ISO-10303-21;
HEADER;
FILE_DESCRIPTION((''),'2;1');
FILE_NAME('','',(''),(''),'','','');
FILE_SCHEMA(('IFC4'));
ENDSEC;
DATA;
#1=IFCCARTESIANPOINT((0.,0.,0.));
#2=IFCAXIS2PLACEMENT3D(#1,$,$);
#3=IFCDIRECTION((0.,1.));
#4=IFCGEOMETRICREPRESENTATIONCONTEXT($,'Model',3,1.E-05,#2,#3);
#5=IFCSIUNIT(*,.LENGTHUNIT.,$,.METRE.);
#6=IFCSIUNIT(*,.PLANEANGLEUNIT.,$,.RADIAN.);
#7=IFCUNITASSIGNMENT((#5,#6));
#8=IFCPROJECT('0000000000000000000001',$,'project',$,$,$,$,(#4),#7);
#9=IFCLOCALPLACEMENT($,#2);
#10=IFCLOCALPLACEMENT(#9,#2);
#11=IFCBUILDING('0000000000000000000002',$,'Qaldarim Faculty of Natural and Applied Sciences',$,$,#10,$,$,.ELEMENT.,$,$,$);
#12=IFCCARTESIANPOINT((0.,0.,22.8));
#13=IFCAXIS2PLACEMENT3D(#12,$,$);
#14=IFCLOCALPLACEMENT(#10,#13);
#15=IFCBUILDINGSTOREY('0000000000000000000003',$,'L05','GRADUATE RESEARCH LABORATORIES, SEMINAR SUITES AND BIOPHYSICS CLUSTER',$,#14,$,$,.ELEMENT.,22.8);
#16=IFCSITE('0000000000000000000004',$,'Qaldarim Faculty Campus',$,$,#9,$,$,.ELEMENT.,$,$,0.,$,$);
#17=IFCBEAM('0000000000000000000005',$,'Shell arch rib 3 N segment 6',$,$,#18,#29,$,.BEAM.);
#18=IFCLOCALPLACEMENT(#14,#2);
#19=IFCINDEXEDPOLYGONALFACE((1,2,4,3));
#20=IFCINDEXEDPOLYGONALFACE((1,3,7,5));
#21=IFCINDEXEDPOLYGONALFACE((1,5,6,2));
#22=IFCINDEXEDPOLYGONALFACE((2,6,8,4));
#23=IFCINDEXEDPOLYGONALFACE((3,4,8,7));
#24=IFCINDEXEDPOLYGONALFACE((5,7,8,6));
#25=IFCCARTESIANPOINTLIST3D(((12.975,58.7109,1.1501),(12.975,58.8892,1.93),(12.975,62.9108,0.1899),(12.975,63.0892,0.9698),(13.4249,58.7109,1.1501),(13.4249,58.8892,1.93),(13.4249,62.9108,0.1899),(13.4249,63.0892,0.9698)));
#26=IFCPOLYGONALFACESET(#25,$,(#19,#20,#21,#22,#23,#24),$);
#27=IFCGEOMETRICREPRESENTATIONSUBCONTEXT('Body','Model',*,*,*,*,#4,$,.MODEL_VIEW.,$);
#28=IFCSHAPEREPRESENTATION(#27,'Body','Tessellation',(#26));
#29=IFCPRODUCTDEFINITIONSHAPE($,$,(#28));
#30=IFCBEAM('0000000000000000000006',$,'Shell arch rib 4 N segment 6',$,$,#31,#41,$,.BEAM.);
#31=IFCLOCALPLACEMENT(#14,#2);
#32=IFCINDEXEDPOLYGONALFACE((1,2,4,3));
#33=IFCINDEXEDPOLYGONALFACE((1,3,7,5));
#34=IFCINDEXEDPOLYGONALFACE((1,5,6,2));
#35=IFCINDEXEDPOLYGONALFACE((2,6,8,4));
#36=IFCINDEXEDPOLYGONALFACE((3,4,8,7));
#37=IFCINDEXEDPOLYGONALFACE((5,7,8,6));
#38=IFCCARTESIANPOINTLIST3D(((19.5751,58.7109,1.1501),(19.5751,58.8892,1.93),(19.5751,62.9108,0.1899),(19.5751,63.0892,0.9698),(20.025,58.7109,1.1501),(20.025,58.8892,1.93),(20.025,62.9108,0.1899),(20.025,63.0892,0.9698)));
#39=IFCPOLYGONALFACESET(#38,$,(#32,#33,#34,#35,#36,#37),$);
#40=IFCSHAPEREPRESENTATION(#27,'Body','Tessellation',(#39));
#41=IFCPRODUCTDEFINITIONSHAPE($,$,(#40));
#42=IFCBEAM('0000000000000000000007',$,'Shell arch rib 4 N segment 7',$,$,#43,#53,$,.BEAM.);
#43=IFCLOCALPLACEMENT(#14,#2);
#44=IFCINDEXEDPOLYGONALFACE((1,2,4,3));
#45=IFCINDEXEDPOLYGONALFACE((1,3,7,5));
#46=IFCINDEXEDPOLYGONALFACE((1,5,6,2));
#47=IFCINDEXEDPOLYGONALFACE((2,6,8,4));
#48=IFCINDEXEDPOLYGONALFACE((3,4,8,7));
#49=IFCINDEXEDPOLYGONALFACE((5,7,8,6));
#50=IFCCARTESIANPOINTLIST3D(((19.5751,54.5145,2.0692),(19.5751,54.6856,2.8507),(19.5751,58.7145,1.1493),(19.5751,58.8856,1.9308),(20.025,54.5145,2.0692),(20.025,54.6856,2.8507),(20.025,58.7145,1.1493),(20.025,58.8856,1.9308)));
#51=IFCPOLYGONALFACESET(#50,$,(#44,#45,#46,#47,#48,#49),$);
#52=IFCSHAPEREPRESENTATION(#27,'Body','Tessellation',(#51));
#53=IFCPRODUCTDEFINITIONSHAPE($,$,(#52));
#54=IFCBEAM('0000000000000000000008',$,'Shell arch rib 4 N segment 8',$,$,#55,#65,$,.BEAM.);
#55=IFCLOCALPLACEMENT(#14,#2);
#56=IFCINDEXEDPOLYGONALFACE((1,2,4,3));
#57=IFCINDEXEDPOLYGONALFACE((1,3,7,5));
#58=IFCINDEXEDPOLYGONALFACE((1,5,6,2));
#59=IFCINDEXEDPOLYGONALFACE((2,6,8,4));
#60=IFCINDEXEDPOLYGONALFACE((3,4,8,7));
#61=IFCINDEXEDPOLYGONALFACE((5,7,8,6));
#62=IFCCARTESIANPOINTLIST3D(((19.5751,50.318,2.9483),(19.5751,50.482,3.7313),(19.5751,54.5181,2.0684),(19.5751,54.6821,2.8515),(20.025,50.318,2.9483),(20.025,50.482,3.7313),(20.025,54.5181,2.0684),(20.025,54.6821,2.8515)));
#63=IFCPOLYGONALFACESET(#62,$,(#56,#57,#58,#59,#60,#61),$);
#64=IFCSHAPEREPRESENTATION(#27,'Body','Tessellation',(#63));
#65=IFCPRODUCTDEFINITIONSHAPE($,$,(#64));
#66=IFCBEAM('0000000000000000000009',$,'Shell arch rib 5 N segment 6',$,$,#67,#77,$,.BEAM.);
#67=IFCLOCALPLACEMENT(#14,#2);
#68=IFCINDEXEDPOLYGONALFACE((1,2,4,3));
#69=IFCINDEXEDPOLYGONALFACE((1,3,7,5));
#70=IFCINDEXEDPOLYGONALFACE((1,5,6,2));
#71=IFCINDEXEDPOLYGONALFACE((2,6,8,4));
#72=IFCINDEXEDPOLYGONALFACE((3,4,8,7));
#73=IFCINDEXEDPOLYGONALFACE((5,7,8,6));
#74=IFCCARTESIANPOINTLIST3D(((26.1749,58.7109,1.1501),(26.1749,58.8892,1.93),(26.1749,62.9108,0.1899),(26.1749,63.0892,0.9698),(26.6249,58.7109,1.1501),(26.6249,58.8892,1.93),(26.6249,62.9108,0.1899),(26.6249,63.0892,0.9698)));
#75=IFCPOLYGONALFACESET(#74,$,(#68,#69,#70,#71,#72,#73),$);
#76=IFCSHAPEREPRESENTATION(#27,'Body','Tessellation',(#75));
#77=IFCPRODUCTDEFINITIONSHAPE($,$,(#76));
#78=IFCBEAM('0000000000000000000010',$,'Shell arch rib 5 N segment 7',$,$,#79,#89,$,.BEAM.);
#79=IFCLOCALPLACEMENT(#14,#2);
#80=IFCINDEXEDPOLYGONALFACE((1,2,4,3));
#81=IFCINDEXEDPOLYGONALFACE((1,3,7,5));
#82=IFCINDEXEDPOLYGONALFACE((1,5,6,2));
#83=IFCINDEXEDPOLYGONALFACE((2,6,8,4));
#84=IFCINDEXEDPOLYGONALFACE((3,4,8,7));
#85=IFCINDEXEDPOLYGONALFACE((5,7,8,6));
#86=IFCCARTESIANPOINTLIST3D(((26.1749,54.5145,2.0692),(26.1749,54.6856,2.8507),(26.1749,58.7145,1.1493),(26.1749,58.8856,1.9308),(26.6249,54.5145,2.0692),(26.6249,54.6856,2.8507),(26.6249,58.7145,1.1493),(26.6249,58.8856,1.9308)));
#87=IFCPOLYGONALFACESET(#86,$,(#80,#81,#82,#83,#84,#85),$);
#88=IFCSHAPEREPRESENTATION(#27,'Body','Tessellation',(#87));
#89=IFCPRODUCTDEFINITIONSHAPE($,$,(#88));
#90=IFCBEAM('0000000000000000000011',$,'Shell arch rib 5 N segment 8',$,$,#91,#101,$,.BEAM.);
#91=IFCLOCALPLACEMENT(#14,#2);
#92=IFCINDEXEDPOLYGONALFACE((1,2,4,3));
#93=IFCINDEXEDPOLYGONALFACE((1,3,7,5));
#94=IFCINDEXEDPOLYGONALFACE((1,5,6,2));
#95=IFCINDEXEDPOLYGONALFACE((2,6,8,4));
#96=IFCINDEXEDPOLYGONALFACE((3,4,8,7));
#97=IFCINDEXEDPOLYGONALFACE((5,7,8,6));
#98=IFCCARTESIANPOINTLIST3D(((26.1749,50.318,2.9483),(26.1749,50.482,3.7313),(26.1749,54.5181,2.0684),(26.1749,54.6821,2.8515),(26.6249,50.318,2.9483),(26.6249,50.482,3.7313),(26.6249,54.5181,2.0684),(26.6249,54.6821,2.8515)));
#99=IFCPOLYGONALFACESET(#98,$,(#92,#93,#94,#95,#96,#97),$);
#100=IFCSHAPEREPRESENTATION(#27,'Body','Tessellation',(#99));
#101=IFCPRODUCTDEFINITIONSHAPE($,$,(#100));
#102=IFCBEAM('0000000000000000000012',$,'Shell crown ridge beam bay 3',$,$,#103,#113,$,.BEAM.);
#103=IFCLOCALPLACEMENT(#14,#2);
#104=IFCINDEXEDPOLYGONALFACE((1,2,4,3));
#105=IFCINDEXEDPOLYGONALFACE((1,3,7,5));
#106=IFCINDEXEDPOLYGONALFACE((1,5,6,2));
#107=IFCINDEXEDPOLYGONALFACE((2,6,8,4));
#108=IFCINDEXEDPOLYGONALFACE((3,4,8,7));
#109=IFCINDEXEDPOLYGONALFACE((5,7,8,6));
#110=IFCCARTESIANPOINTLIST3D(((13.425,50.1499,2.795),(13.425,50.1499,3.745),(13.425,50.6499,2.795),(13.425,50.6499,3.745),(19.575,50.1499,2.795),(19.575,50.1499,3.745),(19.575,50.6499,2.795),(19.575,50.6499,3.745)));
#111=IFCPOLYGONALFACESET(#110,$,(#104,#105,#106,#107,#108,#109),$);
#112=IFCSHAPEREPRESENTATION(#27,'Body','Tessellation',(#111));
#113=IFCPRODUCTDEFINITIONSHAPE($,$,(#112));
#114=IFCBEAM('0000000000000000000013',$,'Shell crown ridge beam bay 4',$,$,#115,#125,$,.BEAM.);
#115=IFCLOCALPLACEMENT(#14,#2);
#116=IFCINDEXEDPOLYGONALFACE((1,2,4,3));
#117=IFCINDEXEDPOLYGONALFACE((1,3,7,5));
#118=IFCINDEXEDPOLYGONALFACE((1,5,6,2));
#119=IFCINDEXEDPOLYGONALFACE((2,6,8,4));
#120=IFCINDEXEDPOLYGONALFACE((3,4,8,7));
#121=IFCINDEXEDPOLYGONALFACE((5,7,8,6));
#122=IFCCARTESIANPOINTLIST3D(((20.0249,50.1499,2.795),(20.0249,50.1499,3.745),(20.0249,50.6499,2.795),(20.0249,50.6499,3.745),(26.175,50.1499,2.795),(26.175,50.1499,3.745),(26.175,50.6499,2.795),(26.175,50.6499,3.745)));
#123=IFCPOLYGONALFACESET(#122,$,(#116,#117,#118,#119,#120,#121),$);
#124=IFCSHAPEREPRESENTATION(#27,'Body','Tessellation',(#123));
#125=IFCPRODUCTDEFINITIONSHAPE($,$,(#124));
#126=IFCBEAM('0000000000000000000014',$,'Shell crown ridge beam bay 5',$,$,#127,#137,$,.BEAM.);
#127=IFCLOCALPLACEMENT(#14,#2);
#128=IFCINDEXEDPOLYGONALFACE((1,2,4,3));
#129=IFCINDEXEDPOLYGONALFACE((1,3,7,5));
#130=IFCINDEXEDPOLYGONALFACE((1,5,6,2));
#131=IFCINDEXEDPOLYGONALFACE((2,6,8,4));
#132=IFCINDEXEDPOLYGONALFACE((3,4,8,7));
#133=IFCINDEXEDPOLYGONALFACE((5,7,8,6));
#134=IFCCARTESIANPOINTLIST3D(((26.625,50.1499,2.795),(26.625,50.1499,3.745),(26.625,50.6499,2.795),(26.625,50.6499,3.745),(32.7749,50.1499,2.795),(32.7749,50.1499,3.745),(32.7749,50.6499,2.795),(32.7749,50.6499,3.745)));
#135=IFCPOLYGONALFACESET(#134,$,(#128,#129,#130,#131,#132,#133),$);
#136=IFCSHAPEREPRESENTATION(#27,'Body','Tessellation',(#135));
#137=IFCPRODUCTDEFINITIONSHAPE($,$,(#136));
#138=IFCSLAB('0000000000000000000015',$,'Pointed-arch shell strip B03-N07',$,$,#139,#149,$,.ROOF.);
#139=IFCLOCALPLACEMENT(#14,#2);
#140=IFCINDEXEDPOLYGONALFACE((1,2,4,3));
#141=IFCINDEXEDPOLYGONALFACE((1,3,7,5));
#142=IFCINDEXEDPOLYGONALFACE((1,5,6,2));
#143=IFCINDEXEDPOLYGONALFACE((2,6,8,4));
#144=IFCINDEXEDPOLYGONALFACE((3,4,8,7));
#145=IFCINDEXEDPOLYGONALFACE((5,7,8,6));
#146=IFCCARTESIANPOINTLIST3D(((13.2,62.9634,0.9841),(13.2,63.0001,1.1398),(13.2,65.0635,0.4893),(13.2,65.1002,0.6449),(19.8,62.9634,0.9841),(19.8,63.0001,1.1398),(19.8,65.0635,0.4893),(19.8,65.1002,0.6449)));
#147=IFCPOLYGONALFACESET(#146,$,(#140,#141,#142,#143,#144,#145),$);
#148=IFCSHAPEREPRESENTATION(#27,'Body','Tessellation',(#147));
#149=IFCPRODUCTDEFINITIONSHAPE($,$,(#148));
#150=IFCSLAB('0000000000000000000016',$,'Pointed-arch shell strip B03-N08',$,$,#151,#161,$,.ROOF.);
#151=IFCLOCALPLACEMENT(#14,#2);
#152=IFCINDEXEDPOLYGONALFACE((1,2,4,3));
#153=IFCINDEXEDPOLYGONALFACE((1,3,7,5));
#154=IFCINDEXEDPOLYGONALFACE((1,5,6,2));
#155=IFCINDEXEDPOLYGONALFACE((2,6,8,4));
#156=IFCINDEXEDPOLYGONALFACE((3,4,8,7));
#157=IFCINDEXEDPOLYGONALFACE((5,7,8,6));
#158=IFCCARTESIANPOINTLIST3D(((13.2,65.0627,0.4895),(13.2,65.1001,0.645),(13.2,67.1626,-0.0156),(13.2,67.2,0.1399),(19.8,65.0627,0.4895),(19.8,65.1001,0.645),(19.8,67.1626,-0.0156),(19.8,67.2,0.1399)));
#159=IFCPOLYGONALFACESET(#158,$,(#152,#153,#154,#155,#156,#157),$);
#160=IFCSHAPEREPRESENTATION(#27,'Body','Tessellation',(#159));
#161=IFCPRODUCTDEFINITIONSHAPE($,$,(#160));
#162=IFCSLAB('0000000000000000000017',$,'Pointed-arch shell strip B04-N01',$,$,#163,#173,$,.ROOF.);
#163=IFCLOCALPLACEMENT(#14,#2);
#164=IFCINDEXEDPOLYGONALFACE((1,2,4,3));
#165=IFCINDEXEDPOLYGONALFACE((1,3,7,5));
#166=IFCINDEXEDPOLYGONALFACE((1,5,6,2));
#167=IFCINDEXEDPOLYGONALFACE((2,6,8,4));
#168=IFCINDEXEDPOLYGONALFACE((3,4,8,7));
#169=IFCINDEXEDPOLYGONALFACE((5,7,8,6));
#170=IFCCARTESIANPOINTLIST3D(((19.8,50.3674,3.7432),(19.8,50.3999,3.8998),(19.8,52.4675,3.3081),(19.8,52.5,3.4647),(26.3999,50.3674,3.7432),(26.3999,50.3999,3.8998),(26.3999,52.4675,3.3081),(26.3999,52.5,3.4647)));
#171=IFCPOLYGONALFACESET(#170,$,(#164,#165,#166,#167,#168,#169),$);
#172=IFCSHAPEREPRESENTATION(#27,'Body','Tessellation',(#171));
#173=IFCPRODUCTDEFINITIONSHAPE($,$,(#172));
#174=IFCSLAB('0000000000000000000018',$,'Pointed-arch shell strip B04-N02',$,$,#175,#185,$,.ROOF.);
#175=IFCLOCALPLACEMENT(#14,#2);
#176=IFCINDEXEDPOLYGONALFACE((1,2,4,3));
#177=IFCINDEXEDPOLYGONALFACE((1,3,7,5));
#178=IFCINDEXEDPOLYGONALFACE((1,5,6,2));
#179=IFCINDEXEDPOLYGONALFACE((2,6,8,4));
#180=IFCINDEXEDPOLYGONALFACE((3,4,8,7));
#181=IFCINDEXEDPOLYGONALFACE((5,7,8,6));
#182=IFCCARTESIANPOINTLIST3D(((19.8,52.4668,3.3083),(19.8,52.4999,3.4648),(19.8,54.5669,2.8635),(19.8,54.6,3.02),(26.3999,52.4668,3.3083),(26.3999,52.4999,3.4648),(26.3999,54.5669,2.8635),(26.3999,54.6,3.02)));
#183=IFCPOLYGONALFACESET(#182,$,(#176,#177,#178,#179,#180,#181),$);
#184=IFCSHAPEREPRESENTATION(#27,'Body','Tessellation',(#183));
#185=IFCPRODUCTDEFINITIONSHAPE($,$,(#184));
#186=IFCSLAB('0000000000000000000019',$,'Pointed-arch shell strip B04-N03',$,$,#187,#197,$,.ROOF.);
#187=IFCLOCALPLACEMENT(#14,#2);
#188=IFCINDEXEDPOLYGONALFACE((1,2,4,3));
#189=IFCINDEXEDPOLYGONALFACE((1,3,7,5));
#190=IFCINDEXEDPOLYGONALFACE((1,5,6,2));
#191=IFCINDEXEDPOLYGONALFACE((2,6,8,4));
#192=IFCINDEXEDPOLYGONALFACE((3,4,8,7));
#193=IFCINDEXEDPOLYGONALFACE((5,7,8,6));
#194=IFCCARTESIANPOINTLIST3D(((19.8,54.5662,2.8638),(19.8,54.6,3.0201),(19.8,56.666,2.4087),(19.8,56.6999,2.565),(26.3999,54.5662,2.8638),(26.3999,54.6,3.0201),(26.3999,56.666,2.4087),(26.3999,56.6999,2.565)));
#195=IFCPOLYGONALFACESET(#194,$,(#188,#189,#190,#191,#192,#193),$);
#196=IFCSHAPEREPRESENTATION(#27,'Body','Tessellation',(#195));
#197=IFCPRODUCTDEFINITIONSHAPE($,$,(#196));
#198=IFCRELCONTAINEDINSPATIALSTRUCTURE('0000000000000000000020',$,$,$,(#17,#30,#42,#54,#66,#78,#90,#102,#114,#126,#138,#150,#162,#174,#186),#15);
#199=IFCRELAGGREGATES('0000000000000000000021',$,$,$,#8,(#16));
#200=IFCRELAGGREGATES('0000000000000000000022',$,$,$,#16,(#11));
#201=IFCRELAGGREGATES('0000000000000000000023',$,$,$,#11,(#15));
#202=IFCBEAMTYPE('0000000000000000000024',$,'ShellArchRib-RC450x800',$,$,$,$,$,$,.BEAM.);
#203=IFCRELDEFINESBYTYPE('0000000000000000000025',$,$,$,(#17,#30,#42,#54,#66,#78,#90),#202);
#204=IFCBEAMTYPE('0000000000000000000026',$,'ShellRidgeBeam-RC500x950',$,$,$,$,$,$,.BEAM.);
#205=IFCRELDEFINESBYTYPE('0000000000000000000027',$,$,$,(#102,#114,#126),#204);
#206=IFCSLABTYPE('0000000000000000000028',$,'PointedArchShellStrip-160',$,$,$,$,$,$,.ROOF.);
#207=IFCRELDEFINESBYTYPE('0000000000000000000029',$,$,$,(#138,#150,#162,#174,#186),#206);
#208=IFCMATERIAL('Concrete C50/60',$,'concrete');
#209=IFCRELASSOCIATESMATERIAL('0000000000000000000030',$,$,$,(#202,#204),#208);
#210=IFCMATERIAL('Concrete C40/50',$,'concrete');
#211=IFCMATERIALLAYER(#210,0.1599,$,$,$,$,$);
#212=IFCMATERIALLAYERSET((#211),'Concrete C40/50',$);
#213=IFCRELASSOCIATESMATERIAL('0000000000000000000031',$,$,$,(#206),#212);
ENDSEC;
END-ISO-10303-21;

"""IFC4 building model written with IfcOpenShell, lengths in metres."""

from ifc_helpers import new_model, si_unit, direction, frame, origin, origin_2d, place, context, subcontext, project, spatial, polyline, rectangle, outline, extrude, material, layer, layer_set, material_profile, profile_set, type_object, element, save


model = new_model("IFC4")

# Units and contexts
model_context = context("Model", 3, precision=1e-05, world=origin(), true_north=direction((0.0, 1.0)))
body_context = subcontext(model_context, "Body", "Model", "MODEL_VIEW")
ifc_project = project(units=[si_unit("LENGTHUNIT", "METRE"), si_unit("PLANEANGLEUNIT", "RADIAN")], contexts=[model_context])

# Site, building, storey
site_placement = place(None, origin())
site = spatial("IfcSite", under=ifc_project, at=site_placement, Name="Qaldarim Faculty Campus", CompositionType="ELEMENT", RefElevation=0.0)
building_placement = place(site_placement, origin())
building = spatial("IfcBuilding", under=site, at=building_placement, Name="Qaldarim Faculty of Natural and Applied Sciences", CompositionType="ELEMENT")
storey_placement = place(building_placement, frame((0.0, 0.0, 22.8)))
storey = spatial("IfcBuildingStorey", under=building, at=storey_placement, Name="L05", Description="GRADUATE RESEARCH LABORATORIES, SEMINAR SUITES AND BIOPHYSICS CLUSTER", CompositionType="ELEMENT", Elevation=22.8)

# Beams
ifc_material_1 = material(Name="Concrete C50/60", Category="concrete")
ifc_material_profile_1 = material_profile(ifc_material_1, rectangle(XDim=0.45, YDim=0.8, at=origin_2d()), Name="RC-RIB450x800")
ifc_profile_set_1 = profile_set([ifc_material_profile_1], Name="Concrete C50/60")
beam_type_1 = type_object("IfcBeamType", Name="ShellArchRib-RC450x800", PredefinedType="BEAM", material=ifc_profile_set_1)
for number, where, z_axis, x_axis, name in (
    (1, (13.2, 63.0, 0.5798), (0.0, -0.974848, 0.222873), (1.0, 0.0, 0.0), "Shell arch rib 3 N segment 6"),
    (2, (19.8, 63.0, 0.5798), (0.0, -0.974848, 0.222873), (1.0, 0.0, 0.0), "Shell arch rib 4 N segment 6"),
):
    element("IfcBeam", number, at=place(storey_placement, frame(where, z_axis=z_axis, x_axis=x_axis)), inside=storey, type_object=beam_type_1, Name=name, PredefinedType="BEAM", context=body_context, shape_type="SweptSolid", body=[
        extrude(rectangle(XDim=0.45, YDim=0.8, at=origin_2d()), origin(), (0.0, 0.0, 1.0), 4.3083),
    ])
beam_1_placement = place(storey_placement, frame((19.8, 58.8, 1.54), z_axis=(0.0, -0.976843, 0.213959), x_axis=(1.0, 0.0, 0.0)))
element("IfcBeam", 3, at=beam_1_placement, inside=storey, type_object=beam_type_1, Name="Shell arch rib 4 N segment 7", PredefinedType="BEAM", context=body_context, shape_type="SweptSolid", body=[
    extrude(rectangle(XDim=0.45, YDim=0.8, at=origin_2d()), origin(), (0.0, 0.0, 1.0), 4.2996),
])
beam_2_placement = place(storey_placement, frame((19.8, 54.6001, 2.46), z_axis=(0.0, -0.978755, 0.205036), x_axis=(1.0, 0.0, 0.0)))
element("IfcBeam", 4, at=beam_2_placement, inside=storey, type_object=beam_type_1, Name="Shell arch rib 4 N segment 8", PredefinedType="BEAM", context=body_context, shape_type="SweptSolid", body=[
    extrude(rectangle(XDim=0.45, YDim=0.8, at=origin_2d()), origin(), (0.0, 0.0, 1.0), 4.2913),
])
beam_3_placement = place(storey_placement, frame((26.3999, 63.0, 0.5798), z_axis=(0.0, -0.974848, 0.222873), x_axis=(1.0, 0.0, 0.0)))
element("IfcBeam", 5, at=beam_3_placement, inside=storey, type_object=beam_type_1, Name="Shell arch rib 5 N segment 6", PredefinedType="BEAM", context=body_context, shape_type="SweptSolid", body=[
    extrude(rectangle(XDim=0.45, YDim=0.8, at=origin_2d()), origin(), (0.0, 0.0, 1.0), 4.3083),
])
beam_4_placement = place(storey_placement, frame((26.3999, 58.8, 1.54), z_axis=(0.0, -0.976843, 0.213959), x_axis=(1.0, 0.0, 0.0)))
element("IfcBeam", 6, at=beam_4_placement, inside=storey, type_object=beam_type_1, Name="Shell arch rib 5 N segment 7", PredefinedType="BEAM", context=body_context, shape_type="SweptSolid", body=[
    extrude(rectangle(XDim=0.45, YDim=0.8, at=origin_2d()), origin(), (0.0, 0.0, 1.0), 4.2996),
])
beam_5_placement = place(storey_placement, frame((26.3999, 54.6001, 2.46), z_axis=(0.0, -0.978755, 0.205036), x_axis=(1.0, 0.0, 0.0)))
element("IfcBeam", 7, at=beam_5_placement, inside=storey, type_object=beam_type_1, Name="Shell arch rib 5 N segment 8", PredefinedType="BEAM", context=body_context, shape_type="SweptSolid", body=[
    extrude(rectangle(XDim=0.45, YDim=0.8, at=origin_2d()), origin(), (0.0, 0.0, 1.0), 4.2913),
])
ifc_material_profile_2 = material_profile(ifc_material_1, rectangle(XDim=0.5, YDim=0.95, at=origin_2d()), Name="RC-EB500x950")
ifc_profile_set_2 = profile_set([ifc_material_profile_2], Name="Concrete C50/60")
beam_type_2 = type_object("IfcBeamType", Name="ShellRidgeBeam-RC500x950", PredefinedType="BEAM", material=ifc_profile_set_2)
beam_6_placement = place(storey_placement, frame((13.425, 50.3999, 3.27), z_axis=(1.0, 0.0, 0.0), x_axis=(0.0, 1.0, 0.0)))
element("IfcBeam", 8, at=beam_6_placement, inside=storey, type_object=beam_type_2, Name="Shell crown ridge beam bay 3", PredefinedType="BEAM", context=body_context, shape_type="SweptSolid", body=[
    extrude(rectangle(XDim=0.5, YDim=0.95, at=origin_2d()), origin(), (0.0, 0.0, 1.0), 6.1499),
])
beam_7_placement = place(storey_placement, frame((20.0249, 50.3999, 3.27), z_axis=(1.0, 0.0, 0.0), x_axis=(0.0, 1.0, 0.0)))
element("IfcBeam", 9, at=beam_7_placement, inside=storey, type_object=beam_type_2, Name="Shell crown ridge beam bay 4", PredefinedType="BEAM", context=body_context, shape_type="SweptSolid", body=[
    extrude(rectangle(XDim=0.5, YDim=0.95, at=origin_2d()), origin(), (0.0, 0.0, 1.0), 6.1501),
])
beam_8_placement = place(storey_placement, frame((26.625, 50.3999, 3.27), z_axis=(1.0, 0.0, 0.0), x_axis=(0.0, 1.0, 0.0)))
element("IfcBeam", 10, at=beam_8_placement, inside=storey, type_object=beam_type_2, Name="Shell crown ridge beam bay 5", PredefinedType="BEAM", context=body_context, shape_type="SweptSolid", body=[
    extrude(rectangle(XDim=0.5, YDim=0.95, at=origin_2d()), origin(), (0.0, 0.0, 1.0), 6.1499),
])

# Slabs
ifc_material_2 = material(Name="Concrete C40/50", Category="concrete")
ifc_layer = layer(ifc_material_2, 0.1599)
ifc_layer_set = layer_set([ifc_layer], Name="Concrete C40/50")
slab_type = type_object("IfcSlabType", Name="PointedArchShellStrip-160", PredefinedType="ROOF", material=ifc_layer_set)
slab_1_placement = place(storey_placement, frame((13.2, 62.9634, 0.9841), z_axis=(0.0, 0.229361, 0.973341), x_axis=(1.0, 0.0, 0.0)))
element("IfcSlab", 11, at=slab_1_placement, inside=storey, type_object=slab_type, Name="Pointed-arch shell strip B03-N07", PredefinedType="ROOF", context=body_context, shape_type="SweptSolid", body=[
    extrude(outline(polyline([(0.0, 0.0), (6.6001, 0.0), (6.6001, 2.1576), (0.0, 2.1576), (0.0, 0.0)])), origin(), (0.0, 0.0, 1.0), 0.1599),
])
slab_2_placement = place(storey_placement, frame((13.2, 65.0627, 0.4895), z_axis=(0.0, 0.233882, 0.972265), x_axis=(1.0, 0.0, 0.0)))
element("IfcSlab", 12, at=slab_2_placement, inside=storey, type_object=slab_type, Name="Pointed-arch shell strip B03-N08", PredefinedType="ROOF", context=body_context, shape_type="SweptSolid", body=[
    extrude(outline(polyline([(0.0, 0.0), (6.6001, 0.0), (6.6001, 2.1598), (0.0, 2.1598), (0.0, 0.0)])), origin(), (0.0, 0.0, 1.0), 0.1599),
])
slab_3_placement = place(storey_placement, frame((19.8, 50.3674, 3.7432), z_axis=(0.0, 0.202854, 0.979209), x_axis=(1.0, 0.0, 0.0)))
element("IfcSlab", 13, at=slab_3_placement, inside=storey, type_object=slab_type, Name="Pointed-arch shell strip B04-N01", PredefinedType="ROOF", context=body_context, shape_type="SweptSolid", body=[
    extrude(outline(polyline([(0.0, 0.0), (6.5999, 0.0), (6.5999, 2.1447), (0.0, 2.1447), (0.0, 0.0)])), origin(), (0.0, 0.0, 1.0), 0.1599),
])
slab_4_placement = place(storey_placement, frame((19.8, 52.4668, 3.3083), z_axis=(0.0, 0.207214, 0.978296), x_axis=(1.0, 0.0, 0.0)))
element("IfcSlab", 14, at=slab_4_placement, inside=storey, type_object=slab_type, Name="Pointed-arch shell strip B04-N02", PredefinedType="ROOF", context=body_context, shape_type="SweptSolid", body=[
    extrude(outline(polyline([(0.0, 0.0), (6.5999, 0.0), (6.5999, 2.1467), (0.0, 2.1467), (0.0, 0.0)])), origin(), (0.0, 0.0, 1.0), 0.1599),
])
slab_5_placement = place(storey_placement, frame((19.8, 54.5662, 2.8638), z_axis=(0.0, 0.211802, 0.977313), x_axis=(1.0, 0.0, 0.0)))
element("IfcSlab", 15, at=slab_5_placement, inside=storey, type_object=slab_type, Name="Pointed-arch shell strip B04-N03", PredefinedType="ROOF", context=body_context, shape_type="SweptSolid", body=[
    extrude(outline(polyline([(0.0, 0.0), (6.5999, 0.0), (6.5999, 2.1486), (0.0, 2.1486), (0.0, 0.0)])), origin(), (0.0, 0.0, 1.0), 0.1599),
])

save(model, "model.ifc")
